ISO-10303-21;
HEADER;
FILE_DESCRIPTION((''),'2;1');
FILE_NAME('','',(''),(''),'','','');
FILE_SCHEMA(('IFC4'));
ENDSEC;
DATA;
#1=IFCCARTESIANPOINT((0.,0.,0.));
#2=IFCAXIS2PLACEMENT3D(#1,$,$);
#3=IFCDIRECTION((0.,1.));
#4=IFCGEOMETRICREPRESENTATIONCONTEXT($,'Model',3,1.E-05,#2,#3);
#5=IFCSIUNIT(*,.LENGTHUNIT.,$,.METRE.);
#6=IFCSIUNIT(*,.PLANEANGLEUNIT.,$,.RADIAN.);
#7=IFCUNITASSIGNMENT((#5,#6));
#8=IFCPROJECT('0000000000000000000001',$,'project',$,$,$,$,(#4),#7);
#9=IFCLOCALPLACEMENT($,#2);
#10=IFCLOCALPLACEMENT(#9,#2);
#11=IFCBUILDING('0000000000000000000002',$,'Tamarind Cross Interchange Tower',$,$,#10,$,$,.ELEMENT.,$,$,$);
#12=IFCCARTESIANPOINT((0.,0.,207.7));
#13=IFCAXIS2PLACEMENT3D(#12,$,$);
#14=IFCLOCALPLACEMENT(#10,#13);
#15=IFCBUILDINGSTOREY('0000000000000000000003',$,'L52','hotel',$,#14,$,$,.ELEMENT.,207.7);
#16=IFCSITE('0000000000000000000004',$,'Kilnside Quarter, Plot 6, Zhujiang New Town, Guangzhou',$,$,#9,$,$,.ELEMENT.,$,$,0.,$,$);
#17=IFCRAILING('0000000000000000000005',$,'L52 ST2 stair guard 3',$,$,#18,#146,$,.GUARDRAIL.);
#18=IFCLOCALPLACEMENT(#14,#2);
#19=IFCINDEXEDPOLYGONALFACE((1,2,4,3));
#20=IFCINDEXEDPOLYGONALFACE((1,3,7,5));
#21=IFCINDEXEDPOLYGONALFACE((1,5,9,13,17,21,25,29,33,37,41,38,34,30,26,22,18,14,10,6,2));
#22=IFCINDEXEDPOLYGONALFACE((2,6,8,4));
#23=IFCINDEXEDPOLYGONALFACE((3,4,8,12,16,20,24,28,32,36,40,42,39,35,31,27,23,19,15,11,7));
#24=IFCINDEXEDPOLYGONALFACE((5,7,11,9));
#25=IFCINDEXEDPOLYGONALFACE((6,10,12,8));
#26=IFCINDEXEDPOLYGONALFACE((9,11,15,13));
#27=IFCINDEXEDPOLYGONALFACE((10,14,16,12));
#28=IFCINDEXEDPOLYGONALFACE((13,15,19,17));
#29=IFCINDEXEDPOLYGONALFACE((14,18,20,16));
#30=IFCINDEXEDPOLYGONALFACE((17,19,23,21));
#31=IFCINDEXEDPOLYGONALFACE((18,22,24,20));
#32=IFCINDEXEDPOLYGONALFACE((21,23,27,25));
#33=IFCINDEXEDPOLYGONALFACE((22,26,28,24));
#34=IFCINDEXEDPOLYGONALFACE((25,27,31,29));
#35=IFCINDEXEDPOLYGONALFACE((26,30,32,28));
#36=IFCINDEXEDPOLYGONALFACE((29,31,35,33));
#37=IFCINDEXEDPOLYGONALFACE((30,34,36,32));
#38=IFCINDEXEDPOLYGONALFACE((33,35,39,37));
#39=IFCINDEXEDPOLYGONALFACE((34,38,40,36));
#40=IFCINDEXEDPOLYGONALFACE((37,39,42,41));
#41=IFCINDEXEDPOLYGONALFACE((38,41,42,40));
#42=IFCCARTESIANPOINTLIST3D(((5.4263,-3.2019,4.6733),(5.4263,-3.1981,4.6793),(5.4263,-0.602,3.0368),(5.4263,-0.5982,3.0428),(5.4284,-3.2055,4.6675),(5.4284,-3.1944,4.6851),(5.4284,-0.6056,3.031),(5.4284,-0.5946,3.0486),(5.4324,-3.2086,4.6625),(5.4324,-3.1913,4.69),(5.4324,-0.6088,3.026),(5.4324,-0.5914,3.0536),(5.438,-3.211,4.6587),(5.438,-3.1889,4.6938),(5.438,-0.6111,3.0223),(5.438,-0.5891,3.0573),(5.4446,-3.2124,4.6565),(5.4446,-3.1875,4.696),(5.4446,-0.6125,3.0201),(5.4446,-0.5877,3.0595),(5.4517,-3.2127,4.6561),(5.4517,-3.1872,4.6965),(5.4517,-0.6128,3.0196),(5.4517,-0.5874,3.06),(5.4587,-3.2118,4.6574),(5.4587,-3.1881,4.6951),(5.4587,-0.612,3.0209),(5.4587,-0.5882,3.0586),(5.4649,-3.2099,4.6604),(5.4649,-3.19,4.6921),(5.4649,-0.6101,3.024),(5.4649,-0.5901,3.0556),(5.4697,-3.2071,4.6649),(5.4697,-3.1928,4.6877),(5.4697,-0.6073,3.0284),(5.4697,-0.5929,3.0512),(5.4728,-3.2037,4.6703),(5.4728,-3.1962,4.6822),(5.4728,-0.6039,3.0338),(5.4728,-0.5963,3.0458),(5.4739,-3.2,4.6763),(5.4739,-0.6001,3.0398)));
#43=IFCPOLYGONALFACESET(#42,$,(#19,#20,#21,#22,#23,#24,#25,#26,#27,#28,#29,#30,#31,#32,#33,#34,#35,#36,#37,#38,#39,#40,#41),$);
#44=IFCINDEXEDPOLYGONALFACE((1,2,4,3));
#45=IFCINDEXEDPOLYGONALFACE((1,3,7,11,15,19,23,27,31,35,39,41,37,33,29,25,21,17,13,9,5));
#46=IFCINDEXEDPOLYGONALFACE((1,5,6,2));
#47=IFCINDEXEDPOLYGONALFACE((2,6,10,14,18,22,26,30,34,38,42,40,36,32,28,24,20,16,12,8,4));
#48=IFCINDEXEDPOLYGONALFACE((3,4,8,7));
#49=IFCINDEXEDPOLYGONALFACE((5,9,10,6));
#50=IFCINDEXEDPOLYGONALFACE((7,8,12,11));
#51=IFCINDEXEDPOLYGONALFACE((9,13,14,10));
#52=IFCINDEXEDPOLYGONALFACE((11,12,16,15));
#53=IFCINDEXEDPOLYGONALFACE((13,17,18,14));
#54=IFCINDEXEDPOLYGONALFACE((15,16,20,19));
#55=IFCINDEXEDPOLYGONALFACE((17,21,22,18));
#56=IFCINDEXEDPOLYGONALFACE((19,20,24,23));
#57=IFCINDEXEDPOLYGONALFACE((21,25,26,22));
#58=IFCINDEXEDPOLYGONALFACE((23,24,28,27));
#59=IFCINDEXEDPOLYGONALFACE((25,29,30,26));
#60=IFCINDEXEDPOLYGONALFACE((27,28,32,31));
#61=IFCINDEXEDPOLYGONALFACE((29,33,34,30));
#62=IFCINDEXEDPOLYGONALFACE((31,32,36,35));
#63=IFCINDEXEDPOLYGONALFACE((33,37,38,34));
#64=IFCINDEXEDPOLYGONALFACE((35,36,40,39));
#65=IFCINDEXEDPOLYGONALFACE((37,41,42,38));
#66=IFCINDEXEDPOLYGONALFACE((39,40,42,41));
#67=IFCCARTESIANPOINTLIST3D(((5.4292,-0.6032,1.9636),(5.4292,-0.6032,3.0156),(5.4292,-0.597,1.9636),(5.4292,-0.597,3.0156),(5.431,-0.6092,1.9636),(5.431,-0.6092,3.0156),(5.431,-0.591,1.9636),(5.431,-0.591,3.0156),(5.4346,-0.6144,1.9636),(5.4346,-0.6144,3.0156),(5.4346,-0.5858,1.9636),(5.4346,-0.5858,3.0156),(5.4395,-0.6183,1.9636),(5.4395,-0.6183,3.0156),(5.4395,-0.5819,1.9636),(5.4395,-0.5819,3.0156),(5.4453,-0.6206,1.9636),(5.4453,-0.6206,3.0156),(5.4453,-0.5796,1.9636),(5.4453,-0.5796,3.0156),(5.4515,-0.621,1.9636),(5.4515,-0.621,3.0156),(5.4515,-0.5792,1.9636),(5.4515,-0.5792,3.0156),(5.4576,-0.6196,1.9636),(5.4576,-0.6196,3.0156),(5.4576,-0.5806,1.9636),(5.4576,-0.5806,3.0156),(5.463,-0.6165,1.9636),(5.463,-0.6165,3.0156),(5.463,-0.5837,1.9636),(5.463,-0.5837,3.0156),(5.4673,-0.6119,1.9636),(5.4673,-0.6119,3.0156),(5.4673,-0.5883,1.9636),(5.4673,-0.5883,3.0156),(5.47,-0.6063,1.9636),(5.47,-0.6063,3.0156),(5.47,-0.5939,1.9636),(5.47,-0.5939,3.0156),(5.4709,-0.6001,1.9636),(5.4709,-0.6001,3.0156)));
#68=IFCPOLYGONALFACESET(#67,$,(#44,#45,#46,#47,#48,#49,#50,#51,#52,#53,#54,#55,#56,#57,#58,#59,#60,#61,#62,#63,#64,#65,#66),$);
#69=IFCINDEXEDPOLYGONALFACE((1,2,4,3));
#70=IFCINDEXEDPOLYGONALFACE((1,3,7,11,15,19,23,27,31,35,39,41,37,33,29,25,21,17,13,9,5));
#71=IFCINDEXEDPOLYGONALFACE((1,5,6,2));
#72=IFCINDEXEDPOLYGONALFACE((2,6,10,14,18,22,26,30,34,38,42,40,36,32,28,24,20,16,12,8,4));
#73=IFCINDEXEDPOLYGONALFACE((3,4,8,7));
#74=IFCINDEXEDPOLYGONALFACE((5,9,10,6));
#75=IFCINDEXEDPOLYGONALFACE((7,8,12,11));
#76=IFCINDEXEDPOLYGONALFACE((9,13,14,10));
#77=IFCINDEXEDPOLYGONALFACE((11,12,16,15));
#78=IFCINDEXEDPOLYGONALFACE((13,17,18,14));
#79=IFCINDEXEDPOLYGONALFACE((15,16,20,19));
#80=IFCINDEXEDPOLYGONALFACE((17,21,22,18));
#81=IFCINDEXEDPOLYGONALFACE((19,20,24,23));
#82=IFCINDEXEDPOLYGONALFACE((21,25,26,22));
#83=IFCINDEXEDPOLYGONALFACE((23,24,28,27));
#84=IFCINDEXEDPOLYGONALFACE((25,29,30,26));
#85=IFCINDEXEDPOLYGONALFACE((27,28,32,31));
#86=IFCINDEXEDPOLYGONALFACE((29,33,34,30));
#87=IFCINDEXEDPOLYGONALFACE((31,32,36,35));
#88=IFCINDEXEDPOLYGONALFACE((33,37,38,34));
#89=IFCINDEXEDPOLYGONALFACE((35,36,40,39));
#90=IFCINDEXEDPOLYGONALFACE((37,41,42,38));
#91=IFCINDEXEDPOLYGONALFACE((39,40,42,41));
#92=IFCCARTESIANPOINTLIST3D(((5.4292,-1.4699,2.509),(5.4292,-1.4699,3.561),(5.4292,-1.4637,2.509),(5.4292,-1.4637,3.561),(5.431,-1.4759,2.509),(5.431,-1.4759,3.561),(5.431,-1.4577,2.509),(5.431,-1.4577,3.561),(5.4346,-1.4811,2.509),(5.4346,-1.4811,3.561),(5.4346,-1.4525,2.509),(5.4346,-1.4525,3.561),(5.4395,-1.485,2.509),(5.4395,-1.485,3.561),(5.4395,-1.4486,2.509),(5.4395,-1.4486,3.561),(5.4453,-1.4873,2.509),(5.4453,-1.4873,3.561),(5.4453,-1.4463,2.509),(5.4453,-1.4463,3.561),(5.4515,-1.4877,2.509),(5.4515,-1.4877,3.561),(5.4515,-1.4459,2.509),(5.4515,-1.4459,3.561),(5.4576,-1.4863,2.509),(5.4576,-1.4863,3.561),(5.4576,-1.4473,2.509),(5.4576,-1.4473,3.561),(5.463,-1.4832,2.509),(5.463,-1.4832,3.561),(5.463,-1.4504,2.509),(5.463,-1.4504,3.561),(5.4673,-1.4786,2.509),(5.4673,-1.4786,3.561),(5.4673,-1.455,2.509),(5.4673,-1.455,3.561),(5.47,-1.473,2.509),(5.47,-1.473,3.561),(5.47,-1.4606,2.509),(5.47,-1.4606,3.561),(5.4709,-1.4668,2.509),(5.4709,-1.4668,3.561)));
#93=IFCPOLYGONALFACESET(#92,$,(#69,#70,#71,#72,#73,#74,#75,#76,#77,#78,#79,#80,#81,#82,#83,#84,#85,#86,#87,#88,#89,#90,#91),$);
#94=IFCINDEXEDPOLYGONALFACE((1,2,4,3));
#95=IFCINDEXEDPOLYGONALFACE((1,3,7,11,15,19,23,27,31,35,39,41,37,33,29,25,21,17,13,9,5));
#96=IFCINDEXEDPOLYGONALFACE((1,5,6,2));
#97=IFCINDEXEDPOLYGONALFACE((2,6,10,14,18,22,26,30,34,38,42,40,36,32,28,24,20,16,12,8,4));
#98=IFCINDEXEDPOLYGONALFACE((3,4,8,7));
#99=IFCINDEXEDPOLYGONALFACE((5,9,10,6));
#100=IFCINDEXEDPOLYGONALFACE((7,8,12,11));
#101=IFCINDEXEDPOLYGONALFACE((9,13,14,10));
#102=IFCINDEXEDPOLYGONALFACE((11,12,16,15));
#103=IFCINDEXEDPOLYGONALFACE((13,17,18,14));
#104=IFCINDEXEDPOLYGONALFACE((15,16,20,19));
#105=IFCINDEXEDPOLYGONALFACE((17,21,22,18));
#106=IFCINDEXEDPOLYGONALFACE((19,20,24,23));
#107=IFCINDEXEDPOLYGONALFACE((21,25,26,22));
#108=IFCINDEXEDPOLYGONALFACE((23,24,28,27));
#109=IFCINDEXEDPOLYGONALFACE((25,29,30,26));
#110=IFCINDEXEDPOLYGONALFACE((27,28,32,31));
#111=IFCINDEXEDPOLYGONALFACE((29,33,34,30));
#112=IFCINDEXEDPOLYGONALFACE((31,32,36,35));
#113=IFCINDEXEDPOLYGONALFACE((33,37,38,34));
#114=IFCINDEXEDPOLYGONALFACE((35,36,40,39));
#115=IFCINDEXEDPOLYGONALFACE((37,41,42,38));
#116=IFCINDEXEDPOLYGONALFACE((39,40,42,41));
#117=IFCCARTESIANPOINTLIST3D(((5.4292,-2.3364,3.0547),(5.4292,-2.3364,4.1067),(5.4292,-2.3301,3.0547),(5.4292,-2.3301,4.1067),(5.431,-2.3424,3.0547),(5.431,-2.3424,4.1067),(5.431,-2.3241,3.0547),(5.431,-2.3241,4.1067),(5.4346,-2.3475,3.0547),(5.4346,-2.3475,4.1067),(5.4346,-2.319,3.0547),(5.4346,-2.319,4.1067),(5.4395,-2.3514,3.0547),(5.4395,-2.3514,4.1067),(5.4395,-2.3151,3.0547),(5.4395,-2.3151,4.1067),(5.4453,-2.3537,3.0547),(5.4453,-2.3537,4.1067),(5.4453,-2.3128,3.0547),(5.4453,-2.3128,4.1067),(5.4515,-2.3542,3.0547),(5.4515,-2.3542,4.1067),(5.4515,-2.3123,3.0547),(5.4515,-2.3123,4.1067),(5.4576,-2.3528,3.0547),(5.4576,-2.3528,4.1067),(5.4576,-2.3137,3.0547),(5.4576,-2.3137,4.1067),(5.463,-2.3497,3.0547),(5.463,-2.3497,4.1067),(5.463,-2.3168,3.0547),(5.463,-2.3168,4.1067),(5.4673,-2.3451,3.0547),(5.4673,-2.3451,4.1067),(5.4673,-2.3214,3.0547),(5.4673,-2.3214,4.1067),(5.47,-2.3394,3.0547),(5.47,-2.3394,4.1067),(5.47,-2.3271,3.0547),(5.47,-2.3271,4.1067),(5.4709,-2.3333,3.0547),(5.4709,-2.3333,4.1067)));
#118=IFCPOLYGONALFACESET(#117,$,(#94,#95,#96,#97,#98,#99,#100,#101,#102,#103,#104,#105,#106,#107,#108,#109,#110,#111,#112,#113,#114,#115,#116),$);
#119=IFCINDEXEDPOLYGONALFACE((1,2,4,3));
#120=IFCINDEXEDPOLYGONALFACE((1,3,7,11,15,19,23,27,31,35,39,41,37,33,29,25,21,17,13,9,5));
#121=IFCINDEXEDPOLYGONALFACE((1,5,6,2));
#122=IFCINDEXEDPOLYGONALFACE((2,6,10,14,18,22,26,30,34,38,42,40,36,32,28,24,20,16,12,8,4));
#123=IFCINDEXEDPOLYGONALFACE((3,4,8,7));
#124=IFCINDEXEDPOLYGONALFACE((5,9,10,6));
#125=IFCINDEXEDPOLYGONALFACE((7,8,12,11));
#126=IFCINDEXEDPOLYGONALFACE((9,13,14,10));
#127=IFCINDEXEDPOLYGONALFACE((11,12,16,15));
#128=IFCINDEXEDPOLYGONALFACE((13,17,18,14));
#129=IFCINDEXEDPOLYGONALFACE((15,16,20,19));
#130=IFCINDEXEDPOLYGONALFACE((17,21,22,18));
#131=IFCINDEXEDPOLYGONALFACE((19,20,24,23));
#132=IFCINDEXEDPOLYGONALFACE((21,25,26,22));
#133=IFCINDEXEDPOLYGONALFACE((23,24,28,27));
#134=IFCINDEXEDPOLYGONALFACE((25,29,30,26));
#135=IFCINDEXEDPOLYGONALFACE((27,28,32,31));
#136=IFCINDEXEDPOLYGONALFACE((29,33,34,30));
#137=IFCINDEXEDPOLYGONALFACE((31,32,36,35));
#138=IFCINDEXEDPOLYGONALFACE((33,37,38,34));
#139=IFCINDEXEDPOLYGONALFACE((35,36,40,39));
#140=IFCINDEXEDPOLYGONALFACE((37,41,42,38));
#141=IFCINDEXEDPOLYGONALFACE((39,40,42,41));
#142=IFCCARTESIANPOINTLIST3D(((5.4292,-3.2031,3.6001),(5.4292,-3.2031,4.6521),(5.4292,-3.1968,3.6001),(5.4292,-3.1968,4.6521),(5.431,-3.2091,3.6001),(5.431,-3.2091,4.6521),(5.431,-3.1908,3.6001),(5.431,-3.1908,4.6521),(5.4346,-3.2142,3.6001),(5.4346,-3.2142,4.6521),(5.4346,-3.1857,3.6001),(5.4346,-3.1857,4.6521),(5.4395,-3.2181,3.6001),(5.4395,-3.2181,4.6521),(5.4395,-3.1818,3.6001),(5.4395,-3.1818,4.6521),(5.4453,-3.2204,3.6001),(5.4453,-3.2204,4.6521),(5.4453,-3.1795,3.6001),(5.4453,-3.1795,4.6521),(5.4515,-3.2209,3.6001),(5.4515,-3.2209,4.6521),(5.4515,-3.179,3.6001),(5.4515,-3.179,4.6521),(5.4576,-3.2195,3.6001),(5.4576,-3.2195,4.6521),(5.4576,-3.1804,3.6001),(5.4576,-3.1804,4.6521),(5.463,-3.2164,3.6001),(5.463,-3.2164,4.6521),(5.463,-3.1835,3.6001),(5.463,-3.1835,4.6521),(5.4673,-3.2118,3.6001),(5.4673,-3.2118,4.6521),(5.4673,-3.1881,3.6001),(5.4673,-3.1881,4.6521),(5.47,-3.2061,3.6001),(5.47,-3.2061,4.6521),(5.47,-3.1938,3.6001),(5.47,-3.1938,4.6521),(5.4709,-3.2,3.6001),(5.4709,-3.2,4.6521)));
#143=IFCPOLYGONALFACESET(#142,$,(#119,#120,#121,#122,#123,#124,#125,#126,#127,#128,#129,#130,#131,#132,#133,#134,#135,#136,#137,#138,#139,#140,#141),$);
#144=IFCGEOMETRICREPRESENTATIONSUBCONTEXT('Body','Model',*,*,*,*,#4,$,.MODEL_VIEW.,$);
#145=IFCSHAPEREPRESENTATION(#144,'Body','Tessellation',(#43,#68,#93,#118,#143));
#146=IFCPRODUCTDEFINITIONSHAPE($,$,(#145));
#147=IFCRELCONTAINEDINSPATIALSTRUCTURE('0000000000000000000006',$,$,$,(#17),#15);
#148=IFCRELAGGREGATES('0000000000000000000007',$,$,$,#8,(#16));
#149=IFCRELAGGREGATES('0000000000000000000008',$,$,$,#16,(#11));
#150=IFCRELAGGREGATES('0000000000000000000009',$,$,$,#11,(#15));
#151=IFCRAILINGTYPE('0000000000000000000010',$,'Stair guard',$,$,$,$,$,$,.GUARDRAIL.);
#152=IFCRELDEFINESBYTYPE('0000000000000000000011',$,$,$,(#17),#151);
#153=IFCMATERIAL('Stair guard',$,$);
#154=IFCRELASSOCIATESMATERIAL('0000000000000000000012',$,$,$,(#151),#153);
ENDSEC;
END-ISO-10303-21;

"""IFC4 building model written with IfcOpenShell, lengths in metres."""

from ifc_helpers import new_model, si_unit, direction, frame, origin, origin_2d, place, context, subcontext, project, spatial, circle, extrude, material, type_object, element, save


model = new_model("IFC4")

# Units and contexts
model_context = context("Model", 3, precision=1e-05, world=origin(), true_north=direction((0.0, 1.0)))
body_context = subcontext(model_context, "Body", "Model", "MODEL_VIEW")
ifc_project = project(units=[si_unit("LENGTHUNIT", "METRE"), si_unit("PLANEANGLEUNIT", "RADIAN")], contexts=[model_context])

# Site, building, storey
site_placement = place(None, origin())
site = spatial("IfcSite", under=ifc_project, at=site_placement, Name="Kilnside Quarter, Plot 6, Zhujiang New Town, Guangzhou", CompositionType="ELEMENT", RefElevation=0.0)
building_placement = place(site_placement, origin())
building = spatial("IfcBuilding", under=site, at=building_placement, Name="Tamarind Cross Interchange Tower", CompositionType="ELEMENT")
storey_placement = place(building_placement, frame((0.0, 0.0, 207.7)))
storey = spatial("IfcBuildingStorey", under=building, at=storey_placement, Name="L52", Description="hotel", CompositionType="ELEMENT", Elevation=207.7)

# Railing
ifc_material_1 = material(Name="Stair guard")
railing_type_1 = type_object("IfcRailingType", Name="Stair guard", PredefinedType="GUARDRAIL", material=ifc_material_1)
railing_1_placement = place(storey_placement, frame((5.45, -0.6001, 1.9636)))
element("IfcRailing", 1, at=railing_1_placement, inside=storey, type_object=railing_type_1, Name="L52 ST2 stair guard 3", PredefinedType="GUARDRAIL", context=body_context, shape_type="SweptSolid", body=[
    extrude(circle(Radius=0.0239, at=origin_2d()), frame((0.0, 0.0, 1.0762), z_axis=(0.0, -0.846302, 0.532704), x_axis=(1.0, 0.0, 0.0)), (0.0, 0.0, 1.0), 3.072),
    extrude(circle(Radius=0.021, at=origin_2d()), origin(), (0.0, 0.0, 1.0), 1.052),
    extrude(circle(Radius=0.021, at=origin_2d()), frame((0.0, -0.8667, 0.5454)), (0.0, 0.0, 1.0), 1.052),
    extrude(circle(Radius=0.021, at=origin_2d()), frame((0.0, -1.7332, 1.0911)), (0.0, 0.0, 1.0), 1.052),
    extrude(circle(Radius=0.021, at=origin_2d()), frame((0.0, -2.5999, 1.6365)), (0.0, 0.0, 1.0), 1.052),
])

save(model, "model.ifc")
